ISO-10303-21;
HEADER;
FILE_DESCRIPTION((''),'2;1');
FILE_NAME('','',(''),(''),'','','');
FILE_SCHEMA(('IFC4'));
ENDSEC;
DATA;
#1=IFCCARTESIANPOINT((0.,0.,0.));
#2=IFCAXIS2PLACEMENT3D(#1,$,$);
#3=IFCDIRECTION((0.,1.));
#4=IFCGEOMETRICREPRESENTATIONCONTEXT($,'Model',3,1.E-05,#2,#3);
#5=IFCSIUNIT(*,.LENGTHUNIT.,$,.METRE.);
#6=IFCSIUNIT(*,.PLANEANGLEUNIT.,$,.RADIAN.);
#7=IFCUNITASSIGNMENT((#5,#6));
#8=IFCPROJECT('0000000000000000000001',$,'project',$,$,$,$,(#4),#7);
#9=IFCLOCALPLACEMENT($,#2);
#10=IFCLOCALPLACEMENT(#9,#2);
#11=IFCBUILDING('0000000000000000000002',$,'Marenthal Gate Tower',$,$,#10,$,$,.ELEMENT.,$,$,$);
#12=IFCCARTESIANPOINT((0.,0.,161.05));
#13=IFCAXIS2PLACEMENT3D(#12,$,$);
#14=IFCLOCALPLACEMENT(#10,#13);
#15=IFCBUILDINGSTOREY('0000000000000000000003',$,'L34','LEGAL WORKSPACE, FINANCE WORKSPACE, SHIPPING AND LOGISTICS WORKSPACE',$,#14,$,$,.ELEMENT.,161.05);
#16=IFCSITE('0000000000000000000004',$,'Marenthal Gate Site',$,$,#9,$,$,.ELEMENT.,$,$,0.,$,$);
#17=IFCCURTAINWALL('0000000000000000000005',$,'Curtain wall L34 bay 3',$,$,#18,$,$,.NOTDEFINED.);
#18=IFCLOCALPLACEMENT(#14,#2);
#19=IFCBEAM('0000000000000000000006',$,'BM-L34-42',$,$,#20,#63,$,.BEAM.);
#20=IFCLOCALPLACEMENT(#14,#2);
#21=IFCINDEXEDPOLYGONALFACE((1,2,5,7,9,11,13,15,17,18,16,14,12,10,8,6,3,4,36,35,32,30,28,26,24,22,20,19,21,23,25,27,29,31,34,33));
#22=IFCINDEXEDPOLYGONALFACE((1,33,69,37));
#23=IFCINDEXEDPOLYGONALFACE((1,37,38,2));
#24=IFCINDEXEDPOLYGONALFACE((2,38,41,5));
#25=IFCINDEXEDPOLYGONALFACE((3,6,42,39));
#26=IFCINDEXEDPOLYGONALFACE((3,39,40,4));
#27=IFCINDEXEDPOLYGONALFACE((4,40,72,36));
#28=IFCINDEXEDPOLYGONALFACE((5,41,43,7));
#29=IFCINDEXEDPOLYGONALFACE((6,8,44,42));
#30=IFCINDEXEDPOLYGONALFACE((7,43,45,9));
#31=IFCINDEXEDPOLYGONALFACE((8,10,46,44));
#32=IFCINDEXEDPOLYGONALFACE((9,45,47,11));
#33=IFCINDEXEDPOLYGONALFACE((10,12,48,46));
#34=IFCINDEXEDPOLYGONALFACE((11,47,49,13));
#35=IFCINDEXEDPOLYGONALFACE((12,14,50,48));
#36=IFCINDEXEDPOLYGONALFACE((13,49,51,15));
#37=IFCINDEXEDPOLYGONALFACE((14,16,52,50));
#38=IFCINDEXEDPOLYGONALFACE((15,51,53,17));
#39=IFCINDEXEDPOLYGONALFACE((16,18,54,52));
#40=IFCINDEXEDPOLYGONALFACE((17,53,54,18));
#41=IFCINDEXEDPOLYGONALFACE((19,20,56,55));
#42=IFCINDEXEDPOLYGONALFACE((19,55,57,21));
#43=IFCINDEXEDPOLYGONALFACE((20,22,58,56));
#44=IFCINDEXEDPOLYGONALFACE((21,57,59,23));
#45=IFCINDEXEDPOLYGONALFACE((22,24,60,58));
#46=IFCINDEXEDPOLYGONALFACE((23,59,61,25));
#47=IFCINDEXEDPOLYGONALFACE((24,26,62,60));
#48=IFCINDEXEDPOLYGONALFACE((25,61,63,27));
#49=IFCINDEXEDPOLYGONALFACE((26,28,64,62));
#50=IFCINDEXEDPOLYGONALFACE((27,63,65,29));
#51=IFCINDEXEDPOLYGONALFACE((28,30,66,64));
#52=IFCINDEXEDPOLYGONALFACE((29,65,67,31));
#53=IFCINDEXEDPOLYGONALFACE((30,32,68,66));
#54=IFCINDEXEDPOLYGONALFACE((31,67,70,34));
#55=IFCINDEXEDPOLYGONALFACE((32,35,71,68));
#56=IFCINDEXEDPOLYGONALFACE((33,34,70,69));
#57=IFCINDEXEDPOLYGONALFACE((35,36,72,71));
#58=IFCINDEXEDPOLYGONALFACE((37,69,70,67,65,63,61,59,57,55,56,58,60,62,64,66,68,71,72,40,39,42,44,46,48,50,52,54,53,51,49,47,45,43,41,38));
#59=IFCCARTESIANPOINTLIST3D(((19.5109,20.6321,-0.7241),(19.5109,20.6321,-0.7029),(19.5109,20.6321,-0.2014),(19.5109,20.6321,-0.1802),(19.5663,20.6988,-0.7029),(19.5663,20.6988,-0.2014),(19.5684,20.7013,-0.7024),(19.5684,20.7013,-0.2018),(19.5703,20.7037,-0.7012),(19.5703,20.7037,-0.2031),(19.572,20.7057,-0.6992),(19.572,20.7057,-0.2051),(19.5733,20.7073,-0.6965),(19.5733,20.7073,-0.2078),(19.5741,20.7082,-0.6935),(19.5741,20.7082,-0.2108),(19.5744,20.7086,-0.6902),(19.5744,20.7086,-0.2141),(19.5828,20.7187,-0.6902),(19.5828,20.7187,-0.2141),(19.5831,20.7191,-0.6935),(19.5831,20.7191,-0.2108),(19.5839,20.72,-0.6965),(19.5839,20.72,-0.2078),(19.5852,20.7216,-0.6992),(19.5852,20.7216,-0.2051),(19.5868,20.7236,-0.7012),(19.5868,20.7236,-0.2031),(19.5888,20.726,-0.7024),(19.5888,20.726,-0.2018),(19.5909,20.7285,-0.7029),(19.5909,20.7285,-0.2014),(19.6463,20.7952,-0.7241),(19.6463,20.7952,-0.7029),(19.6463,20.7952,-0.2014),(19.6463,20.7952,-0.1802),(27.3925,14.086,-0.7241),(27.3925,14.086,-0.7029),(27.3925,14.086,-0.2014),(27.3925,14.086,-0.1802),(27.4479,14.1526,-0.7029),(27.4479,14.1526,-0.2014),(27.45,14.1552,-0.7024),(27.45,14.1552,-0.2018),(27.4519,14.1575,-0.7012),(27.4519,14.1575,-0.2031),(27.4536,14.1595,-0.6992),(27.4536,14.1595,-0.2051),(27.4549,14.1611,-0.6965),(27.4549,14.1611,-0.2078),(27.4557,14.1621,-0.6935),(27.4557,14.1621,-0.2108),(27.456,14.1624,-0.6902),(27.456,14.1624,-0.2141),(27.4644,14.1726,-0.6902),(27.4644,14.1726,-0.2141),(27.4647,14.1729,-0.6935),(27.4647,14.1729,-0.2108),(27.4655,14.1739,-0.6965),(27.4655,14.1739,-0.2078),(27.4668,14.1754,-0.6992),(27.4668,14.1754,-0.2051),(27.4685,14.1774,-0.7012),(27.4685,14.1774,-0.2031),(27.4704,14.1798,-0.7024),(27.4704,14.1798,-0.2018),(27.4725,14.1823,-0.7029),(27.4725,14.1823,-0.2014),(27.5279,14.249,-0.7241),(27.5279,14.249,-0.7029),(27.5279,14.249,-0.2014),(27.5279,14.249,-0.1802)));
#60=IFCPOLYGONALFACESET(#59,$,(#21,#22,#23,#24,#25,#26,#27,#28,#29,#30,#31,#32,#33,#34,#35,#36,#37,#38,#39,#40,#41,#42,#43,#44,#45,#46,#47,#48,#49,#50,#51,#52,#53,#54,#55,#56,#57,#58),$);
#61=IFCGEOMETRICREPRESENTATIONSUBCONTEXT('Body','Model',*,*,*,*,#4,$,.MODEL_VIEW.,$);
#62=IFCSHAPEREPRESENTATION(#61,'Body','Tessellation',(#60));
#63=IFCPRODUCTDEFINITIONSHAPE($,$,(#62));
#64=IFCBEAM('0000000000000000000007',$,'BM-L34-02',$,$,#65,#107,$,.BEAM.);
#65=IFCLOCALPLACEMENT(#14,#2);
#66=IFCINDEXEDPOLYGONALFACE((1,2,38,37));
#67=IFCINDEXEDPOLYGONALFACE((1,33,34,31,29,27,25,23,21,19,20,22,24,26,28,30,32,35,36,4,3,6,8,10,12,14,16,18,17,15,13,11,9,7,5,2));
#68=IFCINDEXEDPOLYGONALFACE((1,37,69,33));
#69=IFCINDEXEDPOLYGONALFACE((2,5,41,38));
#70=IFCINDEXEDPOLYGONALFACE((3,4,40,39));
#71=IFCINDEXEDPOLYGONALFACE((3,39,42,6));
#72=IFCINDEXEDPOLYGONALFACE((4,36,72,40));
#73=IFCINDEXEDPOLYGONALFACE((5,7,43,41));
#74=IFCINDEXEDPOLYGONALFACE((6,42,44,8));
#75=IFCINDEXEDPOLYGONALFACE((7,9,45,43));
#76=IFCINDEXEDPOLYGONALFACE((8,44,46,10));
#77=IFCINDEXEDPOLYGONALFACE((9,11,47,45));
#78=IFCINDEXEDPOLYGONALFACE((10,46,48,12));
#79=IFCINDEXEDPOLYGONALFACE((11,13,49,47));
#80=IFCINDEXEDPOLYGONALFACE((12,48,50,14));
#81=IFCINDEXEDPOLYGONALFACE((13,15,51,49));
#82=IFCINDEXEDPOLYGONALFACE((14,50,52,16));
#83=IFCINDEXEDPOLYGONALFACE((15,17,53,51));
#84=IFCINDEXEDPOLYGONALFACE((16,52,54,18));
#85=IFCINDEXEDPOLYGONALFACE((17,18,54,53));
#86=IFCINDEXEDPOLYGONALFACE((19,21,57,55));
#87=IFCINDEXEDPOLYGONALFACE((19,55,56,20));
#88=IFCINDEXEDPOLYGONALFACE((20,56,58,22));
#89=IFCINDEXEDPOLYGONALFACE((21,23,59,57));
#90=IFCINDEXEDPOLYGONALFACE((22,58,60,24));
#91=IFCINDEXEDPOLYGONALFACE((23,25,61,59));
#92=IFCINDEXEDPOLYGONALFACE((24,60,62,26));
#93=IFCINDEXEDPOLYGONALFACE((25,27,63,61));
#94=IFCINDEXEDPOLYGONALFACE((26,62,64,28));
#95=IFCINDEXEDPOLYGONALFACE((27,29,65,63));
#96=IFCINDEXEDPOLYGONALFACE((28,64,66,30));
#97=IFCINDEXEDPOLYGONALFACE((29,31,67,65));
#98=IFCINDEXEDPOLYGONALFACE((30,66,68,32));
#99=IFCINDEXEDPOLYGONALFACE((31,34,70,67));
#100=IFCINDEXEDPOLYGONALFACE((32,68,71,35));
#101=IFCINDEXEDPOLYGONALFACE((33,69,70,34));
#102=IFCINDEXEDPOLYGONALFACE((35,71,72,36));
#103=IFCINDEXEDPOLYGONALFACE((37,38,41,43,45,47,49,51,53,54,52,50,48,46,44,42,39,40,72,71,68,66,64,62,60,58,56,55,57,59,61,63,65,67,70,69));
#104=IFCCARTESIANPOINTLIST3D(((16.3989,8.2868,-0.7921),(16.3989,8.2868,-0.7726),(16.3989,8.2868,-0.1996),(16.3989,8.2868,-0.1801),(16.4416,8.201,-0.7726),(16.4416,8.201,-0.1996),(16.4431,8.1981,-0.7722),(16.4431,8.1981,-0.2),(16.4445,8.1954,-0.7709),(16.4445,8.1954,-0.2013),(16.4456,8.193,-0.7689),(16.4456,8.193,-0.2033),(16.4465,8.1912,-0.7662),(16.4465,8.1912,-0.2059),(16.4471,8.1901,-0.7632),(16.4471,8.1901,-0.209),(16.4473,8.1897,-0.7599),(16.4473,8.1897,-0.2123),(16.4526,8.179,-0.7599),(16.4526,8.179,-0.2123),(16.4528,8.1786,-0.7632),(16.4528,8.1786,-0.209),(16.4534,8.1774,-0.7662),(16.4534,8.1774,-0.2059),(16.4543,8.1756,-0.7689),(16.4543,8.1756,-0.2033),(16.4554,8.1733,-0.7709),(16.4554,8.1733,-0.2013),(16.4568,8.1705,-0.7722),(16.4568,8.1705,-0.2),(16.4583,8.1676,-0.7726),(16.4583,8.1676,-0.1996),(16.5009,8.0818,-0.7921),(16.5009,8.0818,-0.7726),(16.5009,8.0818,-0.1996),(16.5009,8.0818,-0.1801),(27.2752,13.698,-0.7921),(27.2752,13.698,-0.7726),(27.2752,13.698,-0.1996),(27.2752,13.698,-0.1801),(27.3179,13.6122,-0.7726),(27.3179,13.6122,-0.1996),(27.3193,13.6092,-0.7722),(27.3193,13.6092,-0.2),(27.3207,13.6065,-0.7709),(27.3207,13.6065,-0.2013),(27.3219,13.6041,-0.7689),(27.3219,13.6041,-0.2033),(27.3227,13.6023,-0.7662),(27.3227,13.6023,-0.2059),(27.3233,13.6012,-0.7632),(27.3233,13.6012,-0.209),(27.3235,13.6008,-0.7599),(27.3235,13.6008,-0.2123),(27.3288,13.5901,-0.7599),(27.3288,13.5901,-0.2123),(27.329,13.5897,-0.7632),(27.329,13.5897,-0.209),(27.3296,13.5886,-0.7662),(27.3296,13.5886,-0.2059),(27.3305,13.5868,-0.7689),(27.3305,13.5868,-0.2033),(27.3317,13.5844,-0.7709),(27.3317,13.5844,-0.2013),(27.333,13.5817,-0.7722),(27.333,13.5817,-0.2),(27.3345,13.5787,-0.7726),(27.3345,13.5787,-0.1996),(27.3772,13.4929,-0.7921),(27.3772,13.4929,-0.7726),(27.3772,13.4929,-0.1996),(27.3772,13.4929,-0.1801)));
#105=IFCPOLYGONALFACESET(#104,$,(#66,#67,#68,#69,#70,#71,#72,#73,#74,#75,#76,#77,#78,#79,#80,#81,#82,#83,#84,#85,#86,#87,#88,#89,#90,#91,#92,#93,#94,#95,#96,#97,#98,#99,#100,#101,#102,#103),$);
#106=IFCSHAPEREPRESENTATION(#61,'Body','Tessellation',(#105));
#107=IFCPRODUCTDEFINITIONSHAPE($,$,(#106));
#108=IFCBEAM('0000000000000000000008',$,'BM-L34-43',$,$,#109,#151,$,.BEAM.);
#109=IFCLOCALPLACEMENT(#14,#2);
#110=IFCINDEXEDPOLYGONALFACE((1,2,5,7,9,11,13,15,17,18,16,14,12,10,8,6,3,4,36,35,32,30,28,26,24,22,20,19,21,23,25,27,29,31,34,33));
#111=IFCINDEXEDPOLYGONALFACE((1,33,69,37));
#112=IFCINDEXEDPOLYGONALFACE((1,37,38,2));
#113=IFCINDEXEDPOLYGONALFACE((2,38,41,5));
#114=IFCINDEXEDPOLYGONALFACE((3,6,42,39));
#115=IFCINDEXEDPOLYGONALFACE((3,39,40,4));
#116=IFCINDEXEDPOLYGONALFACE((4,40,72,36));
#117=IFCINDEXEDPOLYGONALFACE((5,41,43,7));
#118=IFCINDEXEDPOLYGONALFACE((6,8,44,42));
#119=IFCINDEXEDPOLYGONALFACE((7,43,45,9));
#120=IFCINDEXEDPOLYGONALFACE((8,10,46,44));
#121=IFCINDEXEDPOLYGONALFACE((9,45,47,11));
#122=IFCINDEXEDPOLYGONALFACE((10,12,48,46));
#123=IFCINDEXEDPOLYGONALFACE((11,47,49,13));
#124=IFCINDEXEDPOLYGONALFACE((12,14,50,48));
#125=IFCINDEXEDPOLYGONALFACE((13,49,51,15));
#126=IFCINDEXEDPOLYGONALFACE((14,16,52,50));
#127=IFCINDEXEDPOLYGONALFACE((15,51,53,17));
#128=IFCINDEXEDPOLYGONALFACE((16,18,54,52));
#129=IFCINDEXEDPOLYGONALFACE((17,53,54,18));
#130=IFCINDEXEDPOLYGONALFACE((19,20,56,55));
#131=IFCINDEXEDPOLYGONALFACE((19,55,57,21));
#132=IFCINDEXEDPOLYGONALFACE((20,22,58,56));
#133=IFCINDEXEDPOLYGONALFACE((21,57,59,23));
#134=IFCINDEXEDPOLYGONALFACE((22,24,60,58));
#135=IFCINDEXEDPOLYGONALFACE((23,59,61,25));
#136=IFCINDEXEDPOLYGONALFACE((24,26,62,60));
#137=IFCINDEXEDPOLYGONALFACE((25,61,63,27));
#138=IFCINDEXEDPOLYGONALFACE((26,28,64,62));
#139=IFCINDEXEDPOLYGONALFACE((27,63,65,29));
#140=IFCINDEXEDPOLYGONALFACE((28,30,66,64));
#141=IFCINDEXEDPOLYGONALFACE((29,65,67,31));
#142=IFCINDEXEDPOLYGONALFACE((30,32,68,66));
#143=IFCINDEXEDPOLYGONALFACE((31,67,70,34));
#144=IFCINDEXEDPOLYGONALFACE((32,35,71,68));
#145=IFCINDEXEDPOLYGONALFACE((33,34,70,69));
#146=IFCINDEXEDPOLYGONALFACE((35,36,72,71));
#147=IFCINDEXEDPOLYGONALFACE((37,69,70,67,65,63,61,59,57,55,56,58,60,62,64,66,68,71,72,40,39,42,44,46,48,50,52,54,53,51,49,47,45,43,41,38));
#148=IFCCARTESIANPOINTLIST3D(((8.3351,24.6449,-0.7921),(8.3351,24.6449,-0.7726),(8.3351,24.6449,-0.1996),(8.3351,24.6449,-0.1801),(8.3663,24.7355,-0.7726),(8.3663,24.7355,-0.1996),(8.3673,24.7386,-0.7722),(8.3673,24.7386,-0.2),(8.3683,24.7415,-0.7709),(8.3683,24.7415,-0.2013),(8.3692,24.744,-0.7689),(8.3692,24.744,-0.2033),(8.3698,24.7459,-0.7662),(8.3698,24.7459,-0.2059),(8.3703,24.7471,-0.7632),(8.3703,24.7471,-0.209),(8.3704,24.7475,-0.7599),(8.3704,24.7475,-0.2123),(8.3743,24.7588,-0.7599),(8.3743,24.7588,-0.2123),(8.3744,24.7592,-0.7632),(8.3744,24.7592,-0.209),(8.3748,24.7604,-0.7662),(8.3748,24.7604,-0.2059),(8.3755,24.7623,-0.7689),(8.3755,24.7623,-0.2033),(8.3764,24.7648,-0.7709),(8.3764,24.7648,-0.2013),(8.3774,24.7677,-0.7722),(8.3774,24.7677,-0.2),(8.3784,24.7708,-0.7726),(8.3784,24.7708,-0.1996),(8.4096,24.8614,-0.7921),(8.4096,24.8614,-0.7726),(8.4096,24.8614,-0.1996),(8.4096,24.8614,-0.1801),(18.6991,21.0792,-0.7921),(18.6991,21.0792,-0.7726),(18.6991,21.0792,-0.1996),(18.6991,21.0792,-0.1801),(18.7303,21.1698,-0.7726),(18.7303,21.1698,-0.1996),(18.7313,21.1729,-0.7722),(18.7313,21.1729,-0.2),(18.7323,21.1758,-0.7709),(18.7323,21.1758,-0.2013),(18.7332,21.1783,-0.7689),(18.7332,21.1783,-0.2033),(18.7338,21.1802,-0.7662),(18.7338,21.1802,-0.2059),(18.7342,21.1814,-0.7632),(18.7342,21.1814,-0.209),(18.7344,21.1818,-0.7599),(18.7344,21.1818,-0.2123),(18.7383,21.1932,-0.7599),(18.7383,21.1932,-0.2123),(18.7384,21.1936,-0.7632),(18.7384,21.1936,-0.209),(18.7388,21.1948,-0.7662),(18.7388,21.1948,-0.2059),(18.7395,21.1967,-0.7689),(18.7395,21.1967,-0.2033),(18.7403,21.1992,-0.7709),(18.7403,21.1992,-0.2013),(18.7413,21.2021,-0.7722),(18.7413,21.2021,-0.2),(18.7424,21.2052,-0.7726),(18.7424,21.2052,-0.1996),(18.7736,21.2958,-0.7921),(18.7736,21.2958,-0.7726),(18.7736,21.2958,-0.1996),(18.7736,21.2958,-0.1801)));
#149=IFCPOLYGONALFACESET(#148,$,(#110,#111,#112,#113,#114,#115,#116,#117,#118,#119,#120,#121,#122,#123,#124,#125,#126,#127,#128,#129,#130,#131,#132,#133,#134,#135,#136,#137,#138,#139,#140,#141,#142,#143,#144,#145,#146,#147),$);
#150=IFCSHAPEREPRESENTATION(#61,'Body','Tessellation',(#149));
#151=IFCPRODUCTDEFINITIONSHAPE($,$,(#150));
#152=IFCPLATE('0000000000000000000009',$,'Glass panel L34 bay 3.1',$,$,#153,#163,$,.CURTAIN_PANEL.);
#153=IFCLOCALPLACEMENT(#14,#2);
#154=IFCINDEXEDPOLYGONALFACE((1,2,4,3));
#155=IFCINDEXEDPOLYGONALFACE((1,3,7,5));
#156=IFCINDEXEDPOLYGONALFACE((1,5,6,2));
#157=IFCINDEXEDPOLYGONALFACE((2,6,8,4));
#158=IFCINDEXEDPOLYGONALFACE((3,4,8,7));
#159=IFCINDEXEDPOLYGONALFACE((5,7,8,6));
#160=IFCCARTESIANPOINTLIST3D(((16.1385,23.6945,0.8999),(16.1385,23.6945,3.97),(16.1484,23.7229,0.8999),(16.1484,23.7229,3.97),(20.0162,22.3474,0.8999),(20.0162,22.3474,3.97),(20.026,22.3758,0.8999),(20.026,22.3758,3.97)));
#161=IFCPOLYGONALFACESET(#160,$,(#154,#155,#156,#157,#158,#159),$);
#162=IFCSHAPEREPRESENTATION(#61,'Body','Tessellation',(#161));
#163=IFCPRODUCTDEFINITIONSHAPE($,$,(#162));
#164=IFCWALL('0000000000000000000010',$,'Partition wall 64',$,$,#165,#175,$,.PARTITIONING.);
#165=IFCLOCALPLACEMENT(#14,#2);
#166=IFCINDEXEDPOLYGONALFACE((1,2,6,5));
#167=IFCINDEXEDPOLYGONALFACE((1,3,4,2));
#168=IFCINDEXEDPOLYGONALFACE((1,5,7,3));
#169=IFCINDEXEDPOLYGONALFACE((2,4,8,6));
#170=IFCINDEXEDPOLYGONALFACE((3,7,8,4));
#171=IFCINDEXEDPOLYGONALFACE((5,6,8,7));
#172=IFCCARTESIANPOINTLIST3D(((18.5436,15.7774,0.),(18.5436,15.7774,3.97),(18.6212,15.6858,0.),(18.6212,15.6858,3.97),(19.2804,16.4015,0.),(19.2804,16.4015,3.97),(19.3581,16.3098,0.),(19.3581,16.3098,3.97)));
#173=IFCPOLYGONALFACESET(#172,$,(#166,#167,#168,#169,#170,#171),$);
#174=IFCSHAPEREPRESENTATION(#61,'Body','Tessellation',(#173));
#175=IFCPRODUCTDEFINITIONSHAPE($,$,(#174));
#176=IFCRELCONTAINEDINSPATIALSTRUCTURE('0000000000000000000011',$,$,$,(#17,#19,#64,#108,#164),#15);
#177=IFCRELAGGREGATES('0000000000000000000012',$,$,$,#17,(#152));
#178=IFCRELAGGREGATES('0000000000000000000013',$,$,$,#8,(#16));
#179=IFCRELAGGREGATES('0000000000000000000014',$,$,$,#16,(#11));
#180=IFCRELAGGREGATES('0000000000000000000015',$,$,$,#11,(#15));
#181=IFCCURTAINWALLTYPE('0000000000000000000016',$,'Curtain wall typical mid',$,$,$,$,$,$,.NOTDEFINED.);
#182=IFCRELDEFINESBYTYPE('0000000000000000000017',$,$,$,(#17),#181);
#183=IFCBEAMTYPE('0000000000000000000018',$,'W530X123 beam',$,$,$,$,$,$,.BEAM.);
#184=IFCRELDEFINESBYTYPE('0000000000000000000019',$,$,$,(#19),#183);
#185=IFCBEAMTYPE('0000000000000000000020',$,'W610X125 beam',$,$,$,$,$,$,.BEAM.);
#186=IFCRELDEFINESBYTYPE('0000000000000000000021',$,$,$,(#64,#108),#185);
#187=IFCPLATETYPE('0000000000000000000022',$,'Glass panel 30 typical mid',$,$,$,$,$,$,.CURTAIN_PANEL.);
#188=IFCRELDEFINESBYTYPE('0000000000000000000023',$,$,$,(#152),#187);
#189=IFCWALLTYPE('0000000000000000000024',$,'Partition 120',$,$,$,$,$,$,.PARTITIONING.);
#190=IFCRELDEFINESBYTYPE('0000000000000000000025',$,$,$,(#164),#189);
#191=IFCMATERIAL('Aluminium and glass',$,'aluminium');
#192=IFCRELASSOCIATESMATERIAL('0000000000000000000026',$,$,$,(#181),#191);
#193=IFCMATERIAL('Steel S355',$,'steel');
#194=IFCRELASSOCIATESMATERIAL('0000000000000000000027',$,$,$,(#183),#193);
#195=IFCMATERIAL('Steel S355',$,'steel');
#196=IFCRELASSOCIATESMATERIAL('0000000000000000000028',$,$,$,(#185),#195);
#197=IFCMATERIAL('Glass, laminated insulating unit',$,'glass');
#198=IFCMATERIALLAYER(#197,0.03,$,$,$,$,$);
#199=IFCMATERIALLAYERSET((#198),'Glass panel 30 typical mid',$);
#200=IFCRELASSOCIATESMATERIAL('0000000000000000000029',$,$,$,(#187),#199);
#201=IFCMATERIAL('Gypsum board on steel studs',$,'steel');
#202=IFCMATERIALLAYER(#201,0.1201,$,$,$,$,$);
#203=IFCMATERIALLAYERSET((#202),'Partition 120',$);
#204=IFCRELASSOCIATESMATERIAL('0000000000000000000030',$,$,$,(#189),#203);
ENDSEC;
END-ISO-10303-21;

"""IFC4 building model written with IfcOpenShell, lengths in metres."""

from ifc_helpers import new_model, si_unit, direction, frame, frame_2d, origin, origin_2d, place, context, subcontext, project, spatial, rectangle, i_section, extrude, material, layer, layer_set, material_profile, profile_set, type_object, element, aggregate, save


model = new_model("IFC4")

# Units and contexts
model_context = context("Model", 3, precision=1e-05, world=origin(), true_north=direction((0.0, 1.0)))
body_context = subcontext(model_context, "Body", "Model", "MODEL_VIEW")
ifc_project = project(units=[si_unit("LENGTHUNIT", "METRE"), si_unit("PLANEANGLEUNIT", "RADIAN")], contexts=[model_context])

# Site, building, storey
site_placement = place(None, origin())
site = spatial("IfcSite", under=ifc_project, at=site_placement, Name="Marenthal Gate Site", CompositionType="ELEMENT", RefElevation=0.0)
building_placement = place(site_placement, origin())
building = spatial("IfcBuilding", under=site, at=building_placement, Name="Marenthal Gate Tower", CompositionType="ELEMENT")
storey_placement = place(building_placement, frame((0.0, 0.0, 161.05)))
storey = spatial("IfcBuildingStorey", under=building, at=storey_placement, Name="L34", Description="LEGAL WORKSPACE, FINANCE WORKSPACE, SHIPPING AND LOGISTICS WORKSPACE", CompositionType="ELEMENT", Elevation=161.05)

# Shared definitions
ifc_material_1 = material(Name="Aluminium and glass", Category="aluminium")
curtain_wall_type = type_object("IfcCurtainWallType", Name="Curtain wall typical mid", PredefinedType="NOTDEFINED", material=ifc_material_1)

# Curtain wall
curtain_wall_1_placement = place(storey_placement, origin())
curtain_wall_1 = element("IfcCurtainWall", 1, at=curtain_wall_1_placement, inside=storey, type_object=curtain_wall_type, Name="Curtain wall L34 bay 3", PredefinedType="NOTDEFINED")

# Beams
ifc_material_2 = material(Name="Steel S355", Category="steel")
ifc_material_profile_1 = material_profile(ifc_material_2, i_section(OverallWidth=0.2119, OverallDepth=0.5439, WebThickness=0.0132, FlangeThickness=0.0212, FilletRadius=0.0127, at=origin_2d()), Name="W530X123")
ifc_profile_set_1 = profile_set([ifc_material_profile_1], Name="Steel S355")
beam_type_1 = type_object("IfcBeamType", Name="W530X123 beam", PredefinedType="BEAM", material=ifc_profile_set_1)
beam_1_placement = place(storey_placement, frame((27.4602, 14.1675, -0.4521), z_axis=(-0.769269, 0.638925, 0.0), x_axis=(-0.638925, -0.769269, 0.0)))
element("IfcBeam", 2, at=beam_1_placement, inside=storey, type_object=beam_type_1, Name="BM-L34-42", PredefinedType="BEAM", context=body_context, shape_type="SweptSolid", body=[
    extrude(i_section(OverallWidth=0.2119, OverallDepth=0.5439, WebThickness=0.0132, FlangeThickness=0.0212, FilletRadius=0.0127, at=origin_2d()), origin(), (0.0, 0.0, 1.0), 10.2456),
])
ifc_material_3 = material(Name="Steel S355", Category="steel")
ifc_material_profile_2 = material_profile(ifc_material_3, i_section(OverallWidth=0.229, OverallDepth=0.6121, WebThickness=0.012, FlangeThickness=0.0195, FilletRadius=0.0127, at=origin_2d()), Name="W610X125")
ifc_profile_set_2 = profile_set([ifc_material_profile_2], Name="Steel S355")
beam_type_2 = type_object("IfcBeamType", Name="W610X125 beam", PredefinedType="BEAM", material=ifc_profile_set_2)
beam_2_placement = place(storey_placement, frame((27.3262, 13.5955, -0.4861), z_axis=(-0.895314, -0.445436, 0.0), x_axis=(0.445436, -0.895314, 0.0)))
element("IfcBeam", 3, at=beam_2_placement, inside=storey, type_object=beam_type_2, Name="BM-L34-02", PredefinedType="BEAM", context=body_context, shape_type="SweptSolid", body=[
    extrude(i_section(OverallWidth=0.229, OverallDepth=0.6121, WebThickness=0.012, FlangeThickness=0.0195, FilletRadius=0.0127, at=origin_2d()), origin(), (0.0, 0.0, 1.0), 12.1479),
])
beam_3_placement = place(storey_placement, frame((18.7363, 21.1875, -0.4861), z_axis=(-0.945601, 0.325328, 0.0), x_axis=(-0.325328, -0.945601, 0.0)))
element("IfcBeam", 4, at=beam_3_placement, inside=storey, type_object=beam_type_2, Name="BM-L34-43", PredefinedType="BEAM", context=body_context, shape_type="SweptSolid", body=[
    extrude(i_section(OverallWidth=0.229, OverallDepth=0.6121, WebThickness=0.012, FlangeThickness=0.0195, FilletRadius=0.0127, at=origin_2d()), origin(), (0.0, 0.0, 1.0), 10.9602),
])

# Plate
ifc_material_4 = material(Name="Glass, laminated insulating unit", Category="glass")
ifc_layer_1 = layer(ifc_material_4, 0.03)
ifc_layer_set_1 = layer_set([ifc_layer_1], Name="Glass panel 30 typical mid")
plate_type = type_object("IfcPlateType", Name="Glass panel 30 typical mid", PredefinedType="CURTAIN_PANEL", material=ifc_layer_set_1)
plate_placement = place(storey_placement, frame((18.0823, 23.0352, 0.8999), z_axis=(0.0, 0.0, 1.0), x_axis=(-0.944623, 0.328158, 0.0)))
plate = element("IfcPlate", 5, at=plate_placement, type_object=plate_type, Name="Glass panel L34 bay 3.1", PredefinedType="CURTAIN_PANEL", context=body_context, shape_type="SweptSolid", body=[
    extrude(rectangle(XDim=4.105, YDim=0.03, at=origin_2d()), origin(), (0.0, 0.0, 1.0), 3.0701),
])
aggregate(curtain_wall_1, [plate])

# Wall
ifc_material_5 = material(Name="Gypsum board on steel studs", Category="steel")
ifc_layer_2 = layer(ifc_material_5, 0.1201)
ifc_layer_set_2 = layer_set([ifc_layer_2], Name="Partition 120")
wall_type_1 = type_object("IfcWallType", Name="Partition 120", PredefinedType="PARTITIONING", material=ifc_layer_set_2)
wall_1_placement = place(storey_placement, frame((19.3193, 16.3557, 0.0), z_axis=(0.0, 0.0, 1.0), x_axis=(-0.763098, -0.646282, 0.0)))
element("IfcWall", 6, at=wall_1_placement, inside=storey, type_object=wall_type_1, Name="Partition wall 64", PredefinedType="PARTITIONING", context=body_context, shape_type="SweptSolid", body=[
    extrude(rectangle(XDim=0.9656, YDim=0.1201, at=frame_2d((0.4829, 0.0))), origin(), (0.0, 0.0, 1.0), 3.97),
])

save(model, "model.ifc")
